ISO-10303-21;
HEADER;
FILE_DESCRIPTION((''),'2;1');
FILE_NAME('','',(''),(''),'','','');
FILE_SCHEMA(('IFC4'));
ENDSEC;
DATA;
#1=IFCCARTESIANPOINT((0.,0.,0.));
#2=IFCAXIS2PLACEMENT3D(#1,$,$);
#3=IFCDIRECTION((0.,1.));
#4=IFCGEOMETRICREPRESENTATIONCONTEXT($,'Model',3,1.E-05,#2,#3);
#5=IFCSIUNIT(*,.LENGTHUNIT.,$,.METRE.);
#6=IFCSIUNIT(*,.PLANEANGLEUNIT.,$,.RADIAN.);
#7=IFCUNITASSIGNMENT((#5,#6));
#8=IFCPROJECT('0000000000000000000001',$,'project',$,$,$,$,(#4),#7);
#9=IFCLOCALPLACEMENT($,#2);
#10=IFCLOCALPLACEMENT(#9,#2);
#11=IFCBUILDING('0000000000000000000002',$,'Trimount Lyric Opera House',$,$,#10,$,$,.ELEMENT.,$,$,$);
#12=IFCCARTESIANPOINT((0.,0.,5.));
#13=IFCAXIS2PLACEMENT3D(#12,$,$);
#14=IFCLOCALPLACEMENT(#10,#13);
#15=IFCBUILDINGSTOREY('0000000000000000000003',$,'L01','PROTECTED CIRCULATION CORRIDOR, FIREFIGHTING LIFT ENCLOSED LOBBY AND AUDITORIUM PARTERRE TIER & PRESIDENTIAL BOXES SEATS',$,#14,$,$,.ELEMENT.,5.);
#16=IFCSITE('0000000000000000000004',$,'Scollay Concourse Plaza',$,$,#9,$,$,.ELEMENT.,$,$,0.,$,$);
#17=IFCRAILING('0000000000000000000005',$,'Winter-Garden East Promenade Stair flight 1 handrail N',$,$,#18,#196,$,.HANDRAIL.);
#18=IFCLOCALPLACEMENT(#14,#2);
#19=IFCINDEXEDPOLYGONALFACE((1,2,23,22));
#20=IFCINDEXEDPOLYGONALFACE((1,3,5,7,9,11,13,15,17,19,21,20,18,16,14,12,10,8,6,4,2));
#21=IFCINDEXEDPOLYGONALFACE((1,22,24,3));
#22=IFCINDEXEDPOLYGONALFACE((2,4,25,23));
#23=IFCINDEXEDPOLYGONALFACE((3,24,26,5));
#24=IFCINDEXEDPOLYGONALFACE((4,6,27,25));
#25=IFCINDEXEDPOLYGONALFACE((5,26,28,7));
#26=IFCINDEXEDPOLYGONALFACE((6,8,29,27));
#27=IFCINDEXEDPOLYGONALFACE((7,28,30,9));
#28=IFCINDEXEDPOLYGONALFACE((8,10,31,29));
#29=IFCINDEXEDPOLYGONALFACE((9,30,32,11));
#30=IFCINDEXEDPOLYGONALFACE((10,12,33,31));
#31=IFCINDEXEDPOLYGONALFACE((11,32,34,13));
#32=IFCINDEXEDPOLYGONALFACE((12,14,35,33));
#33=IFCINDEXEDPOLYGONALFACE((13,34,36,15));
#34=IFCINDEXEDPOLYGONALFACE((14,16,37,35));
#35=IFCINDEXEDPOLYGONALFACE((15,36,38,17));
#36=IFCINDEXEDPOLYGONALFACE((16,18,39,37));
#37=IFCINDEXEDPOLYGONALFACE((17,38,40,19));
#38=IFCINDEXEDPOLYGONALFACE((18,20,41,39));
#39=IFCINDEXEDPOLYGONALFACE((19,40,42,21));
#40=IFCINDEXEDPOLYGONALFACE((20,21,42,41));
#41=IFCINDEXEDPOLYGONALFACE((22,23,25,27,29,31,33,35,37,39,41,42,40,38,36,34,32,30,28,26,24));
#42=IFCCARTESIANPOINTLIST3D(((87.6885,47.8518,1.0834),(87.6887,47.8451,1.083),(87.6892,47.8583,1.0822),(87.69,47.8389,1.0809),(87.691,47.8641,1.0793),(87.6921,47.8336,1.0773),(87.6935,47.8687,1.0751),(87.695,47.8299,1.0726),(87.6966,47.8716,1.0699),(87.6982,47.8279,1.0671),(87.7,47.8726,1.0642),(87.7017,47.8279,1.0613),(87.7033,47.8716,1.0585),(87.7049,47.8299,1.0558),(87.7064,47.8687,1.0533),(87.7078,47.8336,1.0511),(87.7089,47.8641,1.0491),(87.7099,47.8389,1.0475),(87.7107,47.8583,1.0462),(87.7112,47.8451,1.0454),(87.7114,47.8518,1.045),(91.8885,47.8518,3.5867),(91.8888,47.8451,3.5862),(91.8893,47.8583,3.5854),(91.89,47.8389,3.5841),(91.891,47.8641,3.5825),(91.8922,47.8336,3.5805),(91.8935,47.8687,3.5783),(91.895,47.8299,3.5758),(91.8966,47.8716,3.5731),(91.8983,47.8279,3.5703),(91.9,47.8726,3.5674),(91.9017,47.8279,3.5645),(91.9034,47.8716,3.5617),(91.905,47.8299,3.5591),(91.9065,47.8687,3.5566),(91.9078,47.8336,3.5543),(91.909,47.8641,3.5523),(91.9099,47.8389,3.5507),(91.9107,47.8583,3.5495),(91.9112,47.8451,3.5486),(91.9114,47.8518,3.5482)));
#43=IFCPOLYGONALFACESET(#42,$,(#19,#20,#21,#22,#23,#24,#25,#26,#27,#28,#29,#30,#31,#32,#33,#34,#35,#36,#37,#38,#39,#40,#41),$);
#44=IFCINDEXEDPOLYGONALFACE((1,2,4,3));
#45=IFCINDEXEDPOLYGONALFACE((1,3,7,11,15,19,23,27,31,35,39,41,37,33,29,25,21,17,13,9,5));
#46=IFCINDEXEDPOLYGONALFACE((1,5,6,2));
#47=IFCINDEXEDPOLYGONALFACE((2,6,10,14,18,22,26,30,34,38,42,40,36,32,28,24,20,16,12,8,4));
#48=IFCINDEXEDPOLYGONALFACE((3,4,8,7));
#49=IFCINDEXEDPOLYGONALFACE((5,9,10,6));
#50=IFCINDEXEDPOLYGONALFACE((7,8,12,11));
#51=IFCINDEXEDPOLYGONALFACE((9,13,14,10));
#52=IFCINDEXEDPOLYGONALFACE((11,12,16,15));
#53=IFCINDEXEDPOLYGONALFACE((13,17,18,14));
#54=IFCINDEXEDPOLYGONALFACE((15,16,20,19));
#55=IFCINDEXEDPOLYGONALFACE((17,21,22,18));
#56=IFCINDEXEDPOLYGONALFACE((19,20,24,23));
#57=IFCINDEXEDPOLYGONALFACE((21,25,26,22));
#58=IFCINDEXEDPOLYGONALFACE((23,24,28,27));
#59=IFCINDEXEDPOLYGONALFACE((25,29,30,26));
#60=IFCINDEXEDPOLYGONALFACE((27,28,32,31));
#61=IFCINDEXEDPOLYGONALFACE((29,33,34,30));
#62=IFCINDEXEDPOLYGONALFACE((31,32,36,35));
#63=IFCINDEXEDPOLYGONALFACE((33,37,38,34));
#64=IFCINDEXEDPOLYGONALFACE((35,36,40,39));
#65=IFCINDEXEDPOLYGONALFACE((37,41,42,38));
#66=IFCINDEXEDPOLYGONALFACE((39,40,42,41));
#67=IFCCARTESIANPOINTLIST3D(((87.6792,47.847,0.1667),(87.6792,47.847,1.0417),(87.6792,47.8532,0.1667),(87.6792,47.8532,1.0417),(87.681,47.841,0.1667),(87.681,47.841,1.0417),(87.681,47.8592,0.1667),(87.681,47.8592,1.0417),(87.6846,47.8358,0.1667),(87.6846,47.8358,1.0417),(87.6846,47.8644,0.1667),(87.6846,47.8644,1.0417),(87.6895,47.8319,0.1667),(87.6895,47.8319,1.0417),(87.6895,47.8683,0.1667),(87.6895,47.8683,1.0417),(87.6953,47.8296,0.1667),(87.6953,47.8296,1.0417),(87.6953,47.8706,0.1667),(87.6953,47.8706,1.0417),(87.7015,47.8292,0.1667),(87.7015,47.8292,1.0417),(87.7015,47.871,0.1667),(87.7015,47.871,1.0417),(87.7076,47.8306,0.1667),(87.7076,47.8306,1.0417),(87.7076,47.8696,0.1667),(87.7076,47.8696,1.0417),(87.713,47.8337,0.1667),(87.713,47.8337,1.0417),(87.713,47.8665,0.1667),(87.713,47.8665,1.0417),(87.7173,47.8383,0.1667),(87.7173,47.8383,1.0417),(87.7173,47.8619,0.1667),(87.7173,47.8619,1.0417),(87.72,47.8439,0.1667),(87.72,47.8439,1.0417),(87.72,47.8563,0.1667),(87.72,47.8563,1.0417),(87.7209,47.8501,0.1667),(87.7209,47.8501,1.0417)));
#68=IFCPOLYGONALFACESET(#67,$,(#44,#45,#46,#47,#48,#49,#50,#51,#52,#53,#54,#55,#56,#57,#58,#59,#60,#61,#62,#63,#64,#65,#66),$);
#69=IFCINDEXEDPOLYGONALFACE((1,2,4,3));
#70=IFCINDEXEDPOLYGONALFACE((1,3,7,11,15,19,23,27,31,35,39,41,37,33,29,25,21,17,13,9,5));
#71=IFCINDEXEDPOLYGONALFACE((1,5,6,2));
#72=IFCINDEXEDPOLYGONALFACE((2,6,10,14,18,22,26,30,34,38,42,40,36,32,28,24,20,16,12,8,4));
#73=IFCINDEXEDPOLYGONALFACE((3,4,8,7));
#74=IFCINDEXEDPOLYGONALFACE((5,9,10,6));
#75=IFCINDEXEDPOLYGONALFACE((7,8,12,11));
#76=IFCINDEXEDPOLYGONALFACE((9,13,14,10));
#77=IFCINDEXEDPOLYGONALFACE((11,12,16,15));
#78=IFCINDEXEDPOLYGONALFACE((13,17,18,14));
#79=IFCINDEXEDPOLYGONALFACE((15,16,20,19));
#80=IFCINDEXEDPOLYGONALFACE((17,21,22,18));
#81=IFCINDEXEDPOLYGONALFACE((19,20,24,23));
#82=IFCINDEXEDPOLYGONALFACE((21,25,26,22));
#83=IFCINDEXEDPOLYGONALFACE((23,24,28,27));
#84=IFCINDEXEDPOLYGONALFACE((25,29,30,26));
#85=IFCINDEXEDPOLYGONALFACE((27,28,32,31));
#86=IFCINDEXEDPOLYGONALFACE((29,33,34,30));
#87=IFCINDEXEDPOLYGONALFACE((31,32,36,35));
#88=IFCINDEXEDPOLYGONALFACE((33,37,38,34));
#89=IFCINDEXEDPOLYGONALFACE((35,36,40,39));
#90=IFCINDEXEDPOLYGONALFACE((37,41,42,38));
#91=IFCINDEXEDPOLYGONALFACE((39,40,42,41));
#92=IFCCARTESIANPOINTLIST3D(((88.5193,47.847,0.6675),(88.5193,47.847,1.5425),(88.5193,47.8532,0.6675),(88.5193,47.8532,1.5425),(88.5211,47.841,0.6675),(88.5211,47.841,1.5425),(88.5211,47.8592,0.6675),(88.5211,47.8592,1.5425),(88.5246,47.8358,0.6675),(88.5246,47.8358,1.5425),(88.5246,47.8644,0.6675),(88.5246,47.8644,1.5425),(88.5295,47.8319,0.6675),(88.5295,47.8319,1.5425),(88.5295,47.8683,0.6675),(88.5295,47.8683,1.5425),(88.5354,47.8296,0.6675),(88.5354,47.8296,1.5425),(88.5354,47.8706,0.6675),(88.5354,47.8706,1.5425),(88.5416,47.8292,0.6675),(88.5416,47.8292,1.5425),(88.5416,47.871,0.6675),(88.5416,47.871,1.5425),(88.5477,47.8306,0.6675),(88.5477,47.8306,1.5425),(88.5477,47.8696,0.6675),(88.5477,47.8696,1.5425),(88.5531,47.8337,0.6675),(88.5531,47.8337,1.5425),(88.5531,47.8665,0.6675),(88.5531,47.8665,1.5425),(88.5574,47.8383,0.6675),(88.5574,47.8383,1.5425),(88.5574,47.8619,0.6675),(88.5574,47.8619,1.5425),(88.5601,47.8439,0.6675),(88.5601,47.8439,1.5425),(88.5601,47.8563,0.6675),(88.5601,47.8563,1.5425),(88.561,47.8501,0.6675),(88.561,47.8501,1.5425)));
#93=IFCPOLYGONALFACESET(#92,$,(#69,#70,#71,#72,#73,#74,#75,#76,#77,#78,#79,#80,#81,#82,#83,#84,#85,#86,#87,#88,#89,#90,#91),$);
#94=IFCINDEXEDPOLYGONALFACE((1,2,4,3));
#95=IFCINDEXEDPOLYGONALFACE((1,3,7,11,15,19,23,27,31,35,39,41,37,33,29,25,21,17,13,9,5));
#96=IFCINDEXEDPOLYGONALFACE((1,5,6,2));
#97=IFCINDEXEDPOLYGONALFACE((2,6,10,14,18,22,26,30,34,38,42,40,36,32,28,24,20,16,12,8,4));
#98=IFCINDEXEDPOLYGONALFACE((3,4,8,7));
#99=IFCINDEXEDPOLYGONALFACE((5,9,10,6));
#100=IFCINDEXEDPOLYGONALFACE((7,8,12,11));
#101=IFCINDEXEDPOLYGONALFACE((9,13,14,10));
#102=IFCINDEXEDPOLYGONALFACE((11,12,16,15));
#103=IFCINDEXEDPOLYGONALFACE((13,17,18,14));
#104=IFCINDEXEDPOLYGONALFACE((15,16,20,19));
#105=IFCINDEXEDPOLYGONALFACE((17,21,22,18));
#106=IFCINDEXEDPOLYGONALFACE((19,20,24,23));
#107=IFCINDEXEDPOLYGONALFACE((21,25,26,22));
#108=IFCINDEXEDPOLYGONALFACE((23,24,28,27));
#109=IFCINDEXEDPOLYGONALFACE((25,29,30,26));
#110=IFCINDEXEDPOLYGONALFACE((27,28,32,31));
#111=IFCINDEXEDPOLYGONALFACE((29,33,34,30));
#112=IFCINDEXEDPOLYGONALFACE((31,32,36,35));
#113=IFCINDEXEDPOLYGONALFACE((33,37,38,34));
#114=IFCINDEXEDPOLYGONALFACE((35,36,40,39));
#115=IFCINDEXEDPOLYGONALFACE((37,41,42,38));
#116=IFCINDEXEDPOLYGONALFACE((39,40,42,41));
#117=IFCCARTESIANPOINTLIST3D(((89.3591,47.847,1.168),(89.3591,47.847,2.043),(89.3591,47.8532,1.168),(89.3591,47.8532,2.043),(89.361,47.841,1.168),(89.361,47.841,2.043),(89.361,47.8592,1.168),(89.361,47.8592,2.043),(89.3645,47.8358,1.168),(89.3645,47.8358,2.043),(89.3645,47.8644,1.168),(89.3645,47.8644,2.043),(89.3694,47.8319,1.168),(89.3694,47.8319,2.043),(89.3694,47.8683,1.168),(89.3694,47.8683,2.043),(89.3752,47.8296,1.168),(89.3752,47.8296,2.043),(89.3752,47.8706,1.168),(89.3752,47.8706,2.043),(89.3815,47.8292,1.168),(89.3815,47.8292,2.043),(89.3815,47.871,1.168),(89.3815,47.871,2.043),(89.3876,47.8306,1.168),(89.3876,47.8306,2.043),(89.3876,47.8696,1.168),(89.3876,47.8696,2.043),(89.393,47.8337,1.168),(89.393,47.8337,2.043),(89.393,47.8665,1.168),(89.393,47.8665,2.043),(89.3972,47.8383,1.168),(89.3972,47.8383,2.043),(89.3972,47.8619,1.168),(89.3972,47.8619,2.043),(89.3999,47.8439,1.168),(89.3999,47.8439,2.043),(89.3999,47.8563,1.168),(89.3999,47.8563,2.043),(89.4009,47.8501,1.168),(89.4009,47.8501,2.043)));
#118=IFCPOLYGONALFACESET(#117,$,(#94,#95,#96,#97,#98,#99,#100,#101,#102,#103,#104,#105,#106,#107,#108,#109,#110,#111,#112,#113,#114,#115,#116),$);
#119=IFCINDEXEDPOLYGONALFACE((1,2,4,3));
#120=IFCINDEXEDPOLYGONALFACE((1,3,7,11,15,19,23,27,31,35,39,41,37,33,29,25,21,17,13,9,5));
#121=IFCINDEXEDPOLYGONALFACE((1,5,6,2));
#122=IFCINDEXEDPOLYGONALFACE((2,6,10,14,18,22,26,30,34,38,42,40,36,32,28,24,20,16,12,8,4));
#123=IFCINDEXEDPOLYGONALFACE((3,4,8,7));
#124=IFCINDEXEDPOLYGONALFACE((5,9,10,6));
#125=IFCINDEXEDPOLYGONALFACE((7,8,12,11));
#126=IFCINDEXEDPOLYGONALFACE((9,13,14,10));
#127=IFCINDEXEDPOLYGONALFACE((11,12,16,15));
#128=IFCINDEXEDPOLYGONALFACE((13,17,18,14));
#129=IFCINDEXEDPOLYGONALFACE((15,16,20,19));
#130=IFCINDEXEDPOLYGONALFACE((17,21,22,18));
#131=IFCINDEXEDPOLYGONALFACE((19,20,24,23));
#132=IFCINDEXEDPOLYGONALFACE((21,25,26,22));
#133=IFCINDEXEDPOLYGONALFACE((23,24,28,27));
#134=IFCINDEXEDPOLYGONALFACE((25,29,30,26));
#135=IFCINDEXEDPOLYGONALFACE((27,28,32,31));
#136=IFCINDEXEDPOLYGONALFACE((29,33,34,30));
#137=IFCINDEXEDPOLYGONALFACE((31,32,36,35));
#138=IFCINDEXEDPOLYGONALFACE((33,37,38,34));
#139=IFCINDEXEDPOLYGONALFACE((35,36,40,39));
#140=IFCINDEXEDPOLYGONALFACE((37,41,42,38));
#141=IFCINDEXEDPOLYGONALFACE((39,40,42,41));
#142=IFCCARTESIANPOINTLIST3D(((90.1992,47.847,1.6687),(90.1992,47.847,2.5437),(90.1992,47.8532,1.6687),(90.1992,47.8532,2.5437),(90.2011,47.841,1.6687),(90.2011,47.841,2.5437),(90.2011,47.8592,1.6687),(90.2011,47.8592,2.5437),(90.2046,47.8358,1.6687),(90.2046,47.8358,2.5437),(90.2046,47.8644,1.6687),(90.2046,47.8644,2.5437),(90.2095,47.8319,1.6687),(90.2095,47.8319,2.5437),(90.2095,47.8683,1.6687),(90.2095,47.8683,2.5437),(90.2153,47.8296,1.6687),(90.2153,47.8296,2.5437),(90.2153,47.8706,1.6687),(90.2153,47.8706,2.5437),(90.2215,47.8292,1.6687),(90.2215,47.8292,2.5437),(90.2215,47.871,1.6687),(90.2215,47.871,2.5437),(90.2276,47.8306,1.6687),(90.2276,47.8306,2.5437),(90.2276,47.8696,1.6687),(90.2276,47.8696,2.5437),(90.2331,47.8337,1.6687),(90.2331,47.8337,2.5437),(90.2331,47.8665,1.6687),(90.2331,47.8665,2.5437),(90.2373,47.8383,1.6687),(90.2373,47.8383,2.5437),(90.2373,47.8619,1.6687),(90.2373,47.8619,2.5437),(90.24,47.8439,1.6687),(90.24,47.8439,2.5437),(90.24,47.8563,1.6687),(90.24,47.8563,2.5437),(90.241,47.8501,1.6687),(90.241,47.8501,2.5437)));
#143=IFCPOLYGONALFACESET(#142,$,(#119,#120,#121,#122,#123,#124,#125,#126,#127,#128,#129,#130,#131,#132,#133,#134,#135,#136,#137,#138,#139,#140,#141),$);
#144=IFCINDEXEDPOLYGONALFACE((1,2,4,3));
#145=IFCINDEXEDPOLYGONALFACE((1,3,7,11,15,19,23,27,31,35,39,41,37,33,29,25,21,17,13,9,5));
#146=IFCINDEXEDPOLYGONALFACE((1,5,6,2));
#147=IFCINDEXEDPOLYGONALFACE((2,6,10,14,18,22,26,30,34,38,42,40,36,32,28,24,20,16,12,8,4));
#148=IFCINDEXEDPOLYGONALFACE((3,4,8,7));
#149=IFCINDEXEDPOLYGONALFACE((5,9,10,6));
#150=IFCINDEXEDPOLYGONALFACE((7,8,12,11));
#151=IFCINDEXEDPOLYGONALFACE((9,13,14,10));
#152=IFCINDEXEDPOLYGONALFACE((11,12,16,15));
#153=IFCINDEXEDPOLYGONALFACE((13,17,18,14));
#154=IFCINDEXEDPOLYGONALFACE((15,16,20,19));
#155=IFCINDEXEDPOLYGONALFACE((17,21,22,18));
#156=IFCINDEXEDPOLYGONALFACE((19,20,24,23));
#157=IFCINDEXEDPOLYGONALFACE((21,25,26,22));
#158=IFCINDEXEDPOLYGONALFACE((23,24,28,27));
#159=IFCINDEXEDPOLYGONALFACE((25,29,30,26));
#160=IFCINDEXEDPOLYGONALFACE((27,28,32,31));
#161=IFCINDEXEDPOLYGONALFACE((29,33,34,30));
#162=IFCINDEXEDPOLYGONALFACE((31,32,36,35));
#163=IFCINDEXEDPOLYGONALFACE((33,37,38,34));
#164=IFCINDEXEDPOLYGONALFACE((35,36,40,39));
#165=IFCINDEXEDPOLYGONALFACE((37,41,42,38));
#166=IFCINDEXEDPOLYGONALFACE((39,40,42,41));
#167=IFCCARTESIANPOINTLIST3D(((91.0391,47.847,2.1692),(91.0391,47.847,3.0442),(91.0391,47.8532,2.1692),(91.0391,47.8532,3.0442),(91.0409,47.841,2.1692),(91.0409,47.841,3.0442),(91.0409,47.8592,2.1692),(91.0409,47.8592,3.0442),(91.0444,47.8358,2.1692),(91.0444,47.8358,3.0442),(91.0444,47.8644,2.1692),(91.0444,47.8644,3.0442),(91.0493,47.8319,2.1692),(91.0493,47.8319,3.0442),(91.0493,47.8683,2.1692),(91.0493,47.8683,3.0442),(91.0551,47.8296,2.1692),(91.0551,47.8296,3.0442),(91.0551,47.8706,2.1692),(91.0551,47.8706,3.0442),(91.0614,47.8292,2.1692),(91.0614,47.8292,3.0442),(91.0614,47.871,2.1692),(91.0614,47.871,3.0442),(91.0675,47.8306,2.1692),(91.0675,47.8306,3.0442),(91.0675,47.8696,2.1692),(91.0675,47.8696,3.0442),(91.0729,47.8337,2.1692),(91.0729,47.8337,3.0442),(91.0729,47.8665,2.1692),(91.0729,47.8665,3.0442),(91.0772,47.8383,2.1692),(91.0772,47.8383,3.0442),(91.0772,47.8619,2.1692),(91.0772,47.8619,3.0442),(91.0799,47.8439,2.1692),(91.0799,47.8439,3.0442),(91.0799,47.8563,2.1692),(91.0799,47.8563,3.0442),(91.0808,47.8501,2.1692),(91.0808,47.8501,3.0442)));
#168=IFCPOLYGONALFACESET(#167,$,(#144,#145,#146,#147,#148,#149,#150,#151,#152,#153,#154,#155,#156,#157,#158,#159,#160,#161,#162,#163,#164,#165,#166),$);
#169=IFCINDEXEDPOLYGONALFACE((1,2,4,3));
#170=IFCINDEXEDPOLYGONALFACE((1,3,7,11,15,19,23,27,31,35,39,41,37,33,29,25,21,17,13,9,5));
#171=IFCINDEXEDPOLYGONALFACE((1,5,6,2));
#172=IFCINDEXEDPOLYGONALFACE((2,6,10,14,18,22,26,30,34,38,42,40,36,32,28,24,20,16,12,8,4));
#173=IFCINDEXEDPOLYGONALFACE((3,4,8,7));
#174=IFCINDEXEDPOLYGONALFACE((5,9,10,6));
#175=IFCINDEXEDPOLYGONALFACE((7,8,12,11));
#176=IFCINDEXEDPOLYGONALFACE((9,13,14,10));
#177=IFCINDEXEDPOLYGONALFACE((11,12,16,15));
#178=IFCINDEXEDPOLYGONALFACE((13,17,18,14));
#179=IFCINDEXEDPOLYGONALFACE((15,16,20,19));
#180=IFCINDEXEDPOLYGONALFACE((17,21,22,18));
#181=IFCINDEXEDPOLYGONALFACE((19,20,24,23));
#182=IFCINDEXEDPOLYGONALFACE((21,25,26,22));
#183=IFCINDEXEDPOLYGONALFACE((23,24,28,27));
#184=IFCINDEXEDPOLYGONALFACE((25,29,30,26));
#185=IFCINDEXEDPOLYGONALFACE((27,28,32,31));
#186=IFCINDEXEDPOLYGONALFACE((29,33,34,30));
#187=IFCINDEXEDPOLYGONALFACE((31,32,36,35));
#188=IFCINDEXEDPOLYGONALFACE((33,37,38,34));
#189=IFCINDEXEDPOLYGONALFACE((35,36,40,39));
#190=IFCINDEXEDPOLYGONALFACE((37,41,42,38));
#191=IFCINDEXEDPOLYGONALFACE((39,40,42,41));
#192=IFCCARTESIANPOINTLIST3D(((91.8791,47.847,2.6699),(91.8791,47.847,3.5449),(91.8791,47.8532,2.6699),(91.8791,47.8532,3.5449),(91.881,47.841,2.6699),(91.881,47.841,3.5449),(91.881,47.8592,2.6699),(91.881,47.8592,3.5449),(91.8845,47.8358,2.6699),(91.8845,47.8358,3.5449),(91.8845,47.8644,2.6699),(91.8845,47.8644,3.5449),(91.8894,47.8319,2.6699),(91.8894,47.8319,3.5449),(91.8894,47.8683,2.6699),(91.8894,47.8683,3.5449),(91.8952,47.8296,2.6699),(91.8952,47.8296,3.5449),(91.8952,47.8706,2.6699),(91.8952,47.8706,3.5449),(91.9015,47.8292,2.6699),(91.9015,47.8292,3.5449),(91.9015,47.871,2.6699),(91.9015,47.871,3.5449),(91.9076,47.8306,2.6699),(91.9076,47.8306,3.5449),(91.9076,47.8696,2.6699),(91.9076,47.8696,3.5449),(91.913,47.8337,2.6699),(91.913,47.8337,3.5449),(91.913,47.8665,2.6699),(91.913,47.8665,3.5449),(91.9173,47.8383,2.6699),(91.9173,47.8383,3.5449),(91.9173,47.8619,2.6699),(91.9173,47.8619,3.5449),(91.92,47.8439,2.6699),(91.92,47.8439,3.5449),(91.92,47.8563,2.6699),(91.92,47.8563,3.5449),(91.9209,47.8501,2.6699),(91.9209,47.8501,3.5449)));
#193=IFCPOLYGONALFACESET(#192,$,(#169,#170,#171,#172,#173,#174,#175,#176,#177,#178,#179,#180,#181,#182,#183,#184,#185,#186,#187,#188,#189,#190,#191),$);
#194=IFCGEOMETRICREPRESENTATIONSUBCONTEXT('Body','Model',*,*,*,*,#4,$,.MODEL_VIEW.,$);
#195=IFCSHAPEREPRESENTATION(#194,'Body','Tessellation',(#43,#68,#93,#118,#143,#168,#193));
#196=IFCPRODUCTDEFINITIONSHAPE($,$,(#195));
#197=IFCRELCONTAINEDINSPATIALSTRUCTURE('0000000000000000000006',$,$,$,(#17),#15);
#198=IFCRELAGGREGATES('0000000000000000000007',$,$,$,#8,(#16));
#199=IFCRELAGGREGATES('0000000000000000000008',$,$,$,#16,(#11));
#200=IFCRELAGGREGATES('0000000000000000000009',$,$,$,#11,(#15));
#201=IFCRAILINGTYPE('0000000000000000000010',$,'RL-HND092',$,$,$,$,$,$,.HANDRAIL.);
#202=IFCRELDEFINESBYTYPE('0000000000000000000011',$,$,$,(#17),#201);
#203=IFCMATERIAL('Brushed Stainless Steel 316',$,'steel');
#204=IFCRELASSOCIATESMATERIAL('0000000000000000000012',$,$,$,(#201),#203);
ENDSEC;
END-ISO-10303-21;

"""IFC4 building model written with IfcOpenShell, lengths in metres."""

from ifc_helpers import new_model, si_unit, direction, frame, origin, origin_2d, place, context, subcontext, project, spatial, circle, extrude, material, type_object, element, save


model = new_model("IFC4")

# Units and contexts
model_context = context("Model", 3, precision=1e-05, world=origin(), true_north=direction((0.0, 1.0)))
body_context = subcontext(model_context, "Body", "Model", "MODEL_VIEW")
ifc_project = project(units=[si_unit("LENGTHUNIT", "METRE"), si_unit("PLANEANGLEUNIT", "RADIAN")], contexts=[model_context])

# Site, building, storey
site_placement = place(None, origin())
site = spatial("IfcSite", under=ifc_project, at=site_placement, Name="Scollay Concourse Plaza", CompositionType="ELEMENT", RefElevation=0.0)
building_placement = place(site_placement, origin())
building = spatial("IfcBuilding", under=site, at=building_placement, Name="Trimount Lyric Opera House", CompositionType="ELEMENT")
storey_placement = place(building_placement, frame((0.0, 0.0, 5.0)))
storey = spatial("IfcBuildingStorey", under=building, at=storey_placement, Name="L01", Description="PROTECTED CIRCULATION CORRIDOR, FIREFIGHTING LIFT ENCLOSED LOBBY AND AUDITORIUM PARTERRE TIER & PRESIDENTIAL BOXES SEATS", CompositionType="ELEMENT", Elevation=5.0)

# Railing
ifc_material_1 = material(Name="Brushed Stainless Steel 316", Category="steel")
railing_type_1 = type_object("IfcRailingType", Name="RL-HND092", PredefinedType="HANDRAIL", material=ifc_material_1)
for number, where, name in (
    (1, (87.7, 47.8501, 0.1667), "Winter-Garden East Promenade Stair flight 1 handrail N"),
):
    element("IfcRailing", number, at=place(storey_placement, frame(where)), inside=storey, type_object=railing_type_1, Name=name, PredefinedType="HANDRAIL", context=body_context, shape_type="SweptSolid", body=[
        extrude(circle(Radius=0.0225, at=origin_2d()), frame((0.0, 0.0, 0.8975), z_axis=(0.859005, 0.0, 0.511967), x_axis=(0.0, 1.0, 0.0)), (0.0, 0.0, 1.0), 4.8894),
        extrude(circle(Radius=0.021, at=origin_2d()), origin(), (0.0, 0.0, 1.0), 0.875),
        extrude(circle(Radius=0.021, at=origin_2d()), frame((0.8401, 0.0, 0.5007)), (0.0, 0.0, 1.0), 0.875),
        extrude(circle(Radius=0.021, at=origin_2d()), frame((1.6799, 0.0, 1.0012)), (0.0, 0.0, 1.0), 0.875),
        extrude(circle(Radius=0.021, at=origin_2d()), frame((2.52, 0.0, 1.502)), (0.0, 0.0, 1.0), 0.875),
        extrude(circle(Radius=0.021, at=origin_2d()), frame((3.3599, 0.0, 2.0024)), (0.0, 0.0, 1.0), 0.875),
        extrude(circle(Radius=0.021, at=origin_2d()), frame((4.2, 0.0, 2.5032)), (0.0, 0.0, 1.0), 0.875),
    ])

save(model, "model.ifc")
